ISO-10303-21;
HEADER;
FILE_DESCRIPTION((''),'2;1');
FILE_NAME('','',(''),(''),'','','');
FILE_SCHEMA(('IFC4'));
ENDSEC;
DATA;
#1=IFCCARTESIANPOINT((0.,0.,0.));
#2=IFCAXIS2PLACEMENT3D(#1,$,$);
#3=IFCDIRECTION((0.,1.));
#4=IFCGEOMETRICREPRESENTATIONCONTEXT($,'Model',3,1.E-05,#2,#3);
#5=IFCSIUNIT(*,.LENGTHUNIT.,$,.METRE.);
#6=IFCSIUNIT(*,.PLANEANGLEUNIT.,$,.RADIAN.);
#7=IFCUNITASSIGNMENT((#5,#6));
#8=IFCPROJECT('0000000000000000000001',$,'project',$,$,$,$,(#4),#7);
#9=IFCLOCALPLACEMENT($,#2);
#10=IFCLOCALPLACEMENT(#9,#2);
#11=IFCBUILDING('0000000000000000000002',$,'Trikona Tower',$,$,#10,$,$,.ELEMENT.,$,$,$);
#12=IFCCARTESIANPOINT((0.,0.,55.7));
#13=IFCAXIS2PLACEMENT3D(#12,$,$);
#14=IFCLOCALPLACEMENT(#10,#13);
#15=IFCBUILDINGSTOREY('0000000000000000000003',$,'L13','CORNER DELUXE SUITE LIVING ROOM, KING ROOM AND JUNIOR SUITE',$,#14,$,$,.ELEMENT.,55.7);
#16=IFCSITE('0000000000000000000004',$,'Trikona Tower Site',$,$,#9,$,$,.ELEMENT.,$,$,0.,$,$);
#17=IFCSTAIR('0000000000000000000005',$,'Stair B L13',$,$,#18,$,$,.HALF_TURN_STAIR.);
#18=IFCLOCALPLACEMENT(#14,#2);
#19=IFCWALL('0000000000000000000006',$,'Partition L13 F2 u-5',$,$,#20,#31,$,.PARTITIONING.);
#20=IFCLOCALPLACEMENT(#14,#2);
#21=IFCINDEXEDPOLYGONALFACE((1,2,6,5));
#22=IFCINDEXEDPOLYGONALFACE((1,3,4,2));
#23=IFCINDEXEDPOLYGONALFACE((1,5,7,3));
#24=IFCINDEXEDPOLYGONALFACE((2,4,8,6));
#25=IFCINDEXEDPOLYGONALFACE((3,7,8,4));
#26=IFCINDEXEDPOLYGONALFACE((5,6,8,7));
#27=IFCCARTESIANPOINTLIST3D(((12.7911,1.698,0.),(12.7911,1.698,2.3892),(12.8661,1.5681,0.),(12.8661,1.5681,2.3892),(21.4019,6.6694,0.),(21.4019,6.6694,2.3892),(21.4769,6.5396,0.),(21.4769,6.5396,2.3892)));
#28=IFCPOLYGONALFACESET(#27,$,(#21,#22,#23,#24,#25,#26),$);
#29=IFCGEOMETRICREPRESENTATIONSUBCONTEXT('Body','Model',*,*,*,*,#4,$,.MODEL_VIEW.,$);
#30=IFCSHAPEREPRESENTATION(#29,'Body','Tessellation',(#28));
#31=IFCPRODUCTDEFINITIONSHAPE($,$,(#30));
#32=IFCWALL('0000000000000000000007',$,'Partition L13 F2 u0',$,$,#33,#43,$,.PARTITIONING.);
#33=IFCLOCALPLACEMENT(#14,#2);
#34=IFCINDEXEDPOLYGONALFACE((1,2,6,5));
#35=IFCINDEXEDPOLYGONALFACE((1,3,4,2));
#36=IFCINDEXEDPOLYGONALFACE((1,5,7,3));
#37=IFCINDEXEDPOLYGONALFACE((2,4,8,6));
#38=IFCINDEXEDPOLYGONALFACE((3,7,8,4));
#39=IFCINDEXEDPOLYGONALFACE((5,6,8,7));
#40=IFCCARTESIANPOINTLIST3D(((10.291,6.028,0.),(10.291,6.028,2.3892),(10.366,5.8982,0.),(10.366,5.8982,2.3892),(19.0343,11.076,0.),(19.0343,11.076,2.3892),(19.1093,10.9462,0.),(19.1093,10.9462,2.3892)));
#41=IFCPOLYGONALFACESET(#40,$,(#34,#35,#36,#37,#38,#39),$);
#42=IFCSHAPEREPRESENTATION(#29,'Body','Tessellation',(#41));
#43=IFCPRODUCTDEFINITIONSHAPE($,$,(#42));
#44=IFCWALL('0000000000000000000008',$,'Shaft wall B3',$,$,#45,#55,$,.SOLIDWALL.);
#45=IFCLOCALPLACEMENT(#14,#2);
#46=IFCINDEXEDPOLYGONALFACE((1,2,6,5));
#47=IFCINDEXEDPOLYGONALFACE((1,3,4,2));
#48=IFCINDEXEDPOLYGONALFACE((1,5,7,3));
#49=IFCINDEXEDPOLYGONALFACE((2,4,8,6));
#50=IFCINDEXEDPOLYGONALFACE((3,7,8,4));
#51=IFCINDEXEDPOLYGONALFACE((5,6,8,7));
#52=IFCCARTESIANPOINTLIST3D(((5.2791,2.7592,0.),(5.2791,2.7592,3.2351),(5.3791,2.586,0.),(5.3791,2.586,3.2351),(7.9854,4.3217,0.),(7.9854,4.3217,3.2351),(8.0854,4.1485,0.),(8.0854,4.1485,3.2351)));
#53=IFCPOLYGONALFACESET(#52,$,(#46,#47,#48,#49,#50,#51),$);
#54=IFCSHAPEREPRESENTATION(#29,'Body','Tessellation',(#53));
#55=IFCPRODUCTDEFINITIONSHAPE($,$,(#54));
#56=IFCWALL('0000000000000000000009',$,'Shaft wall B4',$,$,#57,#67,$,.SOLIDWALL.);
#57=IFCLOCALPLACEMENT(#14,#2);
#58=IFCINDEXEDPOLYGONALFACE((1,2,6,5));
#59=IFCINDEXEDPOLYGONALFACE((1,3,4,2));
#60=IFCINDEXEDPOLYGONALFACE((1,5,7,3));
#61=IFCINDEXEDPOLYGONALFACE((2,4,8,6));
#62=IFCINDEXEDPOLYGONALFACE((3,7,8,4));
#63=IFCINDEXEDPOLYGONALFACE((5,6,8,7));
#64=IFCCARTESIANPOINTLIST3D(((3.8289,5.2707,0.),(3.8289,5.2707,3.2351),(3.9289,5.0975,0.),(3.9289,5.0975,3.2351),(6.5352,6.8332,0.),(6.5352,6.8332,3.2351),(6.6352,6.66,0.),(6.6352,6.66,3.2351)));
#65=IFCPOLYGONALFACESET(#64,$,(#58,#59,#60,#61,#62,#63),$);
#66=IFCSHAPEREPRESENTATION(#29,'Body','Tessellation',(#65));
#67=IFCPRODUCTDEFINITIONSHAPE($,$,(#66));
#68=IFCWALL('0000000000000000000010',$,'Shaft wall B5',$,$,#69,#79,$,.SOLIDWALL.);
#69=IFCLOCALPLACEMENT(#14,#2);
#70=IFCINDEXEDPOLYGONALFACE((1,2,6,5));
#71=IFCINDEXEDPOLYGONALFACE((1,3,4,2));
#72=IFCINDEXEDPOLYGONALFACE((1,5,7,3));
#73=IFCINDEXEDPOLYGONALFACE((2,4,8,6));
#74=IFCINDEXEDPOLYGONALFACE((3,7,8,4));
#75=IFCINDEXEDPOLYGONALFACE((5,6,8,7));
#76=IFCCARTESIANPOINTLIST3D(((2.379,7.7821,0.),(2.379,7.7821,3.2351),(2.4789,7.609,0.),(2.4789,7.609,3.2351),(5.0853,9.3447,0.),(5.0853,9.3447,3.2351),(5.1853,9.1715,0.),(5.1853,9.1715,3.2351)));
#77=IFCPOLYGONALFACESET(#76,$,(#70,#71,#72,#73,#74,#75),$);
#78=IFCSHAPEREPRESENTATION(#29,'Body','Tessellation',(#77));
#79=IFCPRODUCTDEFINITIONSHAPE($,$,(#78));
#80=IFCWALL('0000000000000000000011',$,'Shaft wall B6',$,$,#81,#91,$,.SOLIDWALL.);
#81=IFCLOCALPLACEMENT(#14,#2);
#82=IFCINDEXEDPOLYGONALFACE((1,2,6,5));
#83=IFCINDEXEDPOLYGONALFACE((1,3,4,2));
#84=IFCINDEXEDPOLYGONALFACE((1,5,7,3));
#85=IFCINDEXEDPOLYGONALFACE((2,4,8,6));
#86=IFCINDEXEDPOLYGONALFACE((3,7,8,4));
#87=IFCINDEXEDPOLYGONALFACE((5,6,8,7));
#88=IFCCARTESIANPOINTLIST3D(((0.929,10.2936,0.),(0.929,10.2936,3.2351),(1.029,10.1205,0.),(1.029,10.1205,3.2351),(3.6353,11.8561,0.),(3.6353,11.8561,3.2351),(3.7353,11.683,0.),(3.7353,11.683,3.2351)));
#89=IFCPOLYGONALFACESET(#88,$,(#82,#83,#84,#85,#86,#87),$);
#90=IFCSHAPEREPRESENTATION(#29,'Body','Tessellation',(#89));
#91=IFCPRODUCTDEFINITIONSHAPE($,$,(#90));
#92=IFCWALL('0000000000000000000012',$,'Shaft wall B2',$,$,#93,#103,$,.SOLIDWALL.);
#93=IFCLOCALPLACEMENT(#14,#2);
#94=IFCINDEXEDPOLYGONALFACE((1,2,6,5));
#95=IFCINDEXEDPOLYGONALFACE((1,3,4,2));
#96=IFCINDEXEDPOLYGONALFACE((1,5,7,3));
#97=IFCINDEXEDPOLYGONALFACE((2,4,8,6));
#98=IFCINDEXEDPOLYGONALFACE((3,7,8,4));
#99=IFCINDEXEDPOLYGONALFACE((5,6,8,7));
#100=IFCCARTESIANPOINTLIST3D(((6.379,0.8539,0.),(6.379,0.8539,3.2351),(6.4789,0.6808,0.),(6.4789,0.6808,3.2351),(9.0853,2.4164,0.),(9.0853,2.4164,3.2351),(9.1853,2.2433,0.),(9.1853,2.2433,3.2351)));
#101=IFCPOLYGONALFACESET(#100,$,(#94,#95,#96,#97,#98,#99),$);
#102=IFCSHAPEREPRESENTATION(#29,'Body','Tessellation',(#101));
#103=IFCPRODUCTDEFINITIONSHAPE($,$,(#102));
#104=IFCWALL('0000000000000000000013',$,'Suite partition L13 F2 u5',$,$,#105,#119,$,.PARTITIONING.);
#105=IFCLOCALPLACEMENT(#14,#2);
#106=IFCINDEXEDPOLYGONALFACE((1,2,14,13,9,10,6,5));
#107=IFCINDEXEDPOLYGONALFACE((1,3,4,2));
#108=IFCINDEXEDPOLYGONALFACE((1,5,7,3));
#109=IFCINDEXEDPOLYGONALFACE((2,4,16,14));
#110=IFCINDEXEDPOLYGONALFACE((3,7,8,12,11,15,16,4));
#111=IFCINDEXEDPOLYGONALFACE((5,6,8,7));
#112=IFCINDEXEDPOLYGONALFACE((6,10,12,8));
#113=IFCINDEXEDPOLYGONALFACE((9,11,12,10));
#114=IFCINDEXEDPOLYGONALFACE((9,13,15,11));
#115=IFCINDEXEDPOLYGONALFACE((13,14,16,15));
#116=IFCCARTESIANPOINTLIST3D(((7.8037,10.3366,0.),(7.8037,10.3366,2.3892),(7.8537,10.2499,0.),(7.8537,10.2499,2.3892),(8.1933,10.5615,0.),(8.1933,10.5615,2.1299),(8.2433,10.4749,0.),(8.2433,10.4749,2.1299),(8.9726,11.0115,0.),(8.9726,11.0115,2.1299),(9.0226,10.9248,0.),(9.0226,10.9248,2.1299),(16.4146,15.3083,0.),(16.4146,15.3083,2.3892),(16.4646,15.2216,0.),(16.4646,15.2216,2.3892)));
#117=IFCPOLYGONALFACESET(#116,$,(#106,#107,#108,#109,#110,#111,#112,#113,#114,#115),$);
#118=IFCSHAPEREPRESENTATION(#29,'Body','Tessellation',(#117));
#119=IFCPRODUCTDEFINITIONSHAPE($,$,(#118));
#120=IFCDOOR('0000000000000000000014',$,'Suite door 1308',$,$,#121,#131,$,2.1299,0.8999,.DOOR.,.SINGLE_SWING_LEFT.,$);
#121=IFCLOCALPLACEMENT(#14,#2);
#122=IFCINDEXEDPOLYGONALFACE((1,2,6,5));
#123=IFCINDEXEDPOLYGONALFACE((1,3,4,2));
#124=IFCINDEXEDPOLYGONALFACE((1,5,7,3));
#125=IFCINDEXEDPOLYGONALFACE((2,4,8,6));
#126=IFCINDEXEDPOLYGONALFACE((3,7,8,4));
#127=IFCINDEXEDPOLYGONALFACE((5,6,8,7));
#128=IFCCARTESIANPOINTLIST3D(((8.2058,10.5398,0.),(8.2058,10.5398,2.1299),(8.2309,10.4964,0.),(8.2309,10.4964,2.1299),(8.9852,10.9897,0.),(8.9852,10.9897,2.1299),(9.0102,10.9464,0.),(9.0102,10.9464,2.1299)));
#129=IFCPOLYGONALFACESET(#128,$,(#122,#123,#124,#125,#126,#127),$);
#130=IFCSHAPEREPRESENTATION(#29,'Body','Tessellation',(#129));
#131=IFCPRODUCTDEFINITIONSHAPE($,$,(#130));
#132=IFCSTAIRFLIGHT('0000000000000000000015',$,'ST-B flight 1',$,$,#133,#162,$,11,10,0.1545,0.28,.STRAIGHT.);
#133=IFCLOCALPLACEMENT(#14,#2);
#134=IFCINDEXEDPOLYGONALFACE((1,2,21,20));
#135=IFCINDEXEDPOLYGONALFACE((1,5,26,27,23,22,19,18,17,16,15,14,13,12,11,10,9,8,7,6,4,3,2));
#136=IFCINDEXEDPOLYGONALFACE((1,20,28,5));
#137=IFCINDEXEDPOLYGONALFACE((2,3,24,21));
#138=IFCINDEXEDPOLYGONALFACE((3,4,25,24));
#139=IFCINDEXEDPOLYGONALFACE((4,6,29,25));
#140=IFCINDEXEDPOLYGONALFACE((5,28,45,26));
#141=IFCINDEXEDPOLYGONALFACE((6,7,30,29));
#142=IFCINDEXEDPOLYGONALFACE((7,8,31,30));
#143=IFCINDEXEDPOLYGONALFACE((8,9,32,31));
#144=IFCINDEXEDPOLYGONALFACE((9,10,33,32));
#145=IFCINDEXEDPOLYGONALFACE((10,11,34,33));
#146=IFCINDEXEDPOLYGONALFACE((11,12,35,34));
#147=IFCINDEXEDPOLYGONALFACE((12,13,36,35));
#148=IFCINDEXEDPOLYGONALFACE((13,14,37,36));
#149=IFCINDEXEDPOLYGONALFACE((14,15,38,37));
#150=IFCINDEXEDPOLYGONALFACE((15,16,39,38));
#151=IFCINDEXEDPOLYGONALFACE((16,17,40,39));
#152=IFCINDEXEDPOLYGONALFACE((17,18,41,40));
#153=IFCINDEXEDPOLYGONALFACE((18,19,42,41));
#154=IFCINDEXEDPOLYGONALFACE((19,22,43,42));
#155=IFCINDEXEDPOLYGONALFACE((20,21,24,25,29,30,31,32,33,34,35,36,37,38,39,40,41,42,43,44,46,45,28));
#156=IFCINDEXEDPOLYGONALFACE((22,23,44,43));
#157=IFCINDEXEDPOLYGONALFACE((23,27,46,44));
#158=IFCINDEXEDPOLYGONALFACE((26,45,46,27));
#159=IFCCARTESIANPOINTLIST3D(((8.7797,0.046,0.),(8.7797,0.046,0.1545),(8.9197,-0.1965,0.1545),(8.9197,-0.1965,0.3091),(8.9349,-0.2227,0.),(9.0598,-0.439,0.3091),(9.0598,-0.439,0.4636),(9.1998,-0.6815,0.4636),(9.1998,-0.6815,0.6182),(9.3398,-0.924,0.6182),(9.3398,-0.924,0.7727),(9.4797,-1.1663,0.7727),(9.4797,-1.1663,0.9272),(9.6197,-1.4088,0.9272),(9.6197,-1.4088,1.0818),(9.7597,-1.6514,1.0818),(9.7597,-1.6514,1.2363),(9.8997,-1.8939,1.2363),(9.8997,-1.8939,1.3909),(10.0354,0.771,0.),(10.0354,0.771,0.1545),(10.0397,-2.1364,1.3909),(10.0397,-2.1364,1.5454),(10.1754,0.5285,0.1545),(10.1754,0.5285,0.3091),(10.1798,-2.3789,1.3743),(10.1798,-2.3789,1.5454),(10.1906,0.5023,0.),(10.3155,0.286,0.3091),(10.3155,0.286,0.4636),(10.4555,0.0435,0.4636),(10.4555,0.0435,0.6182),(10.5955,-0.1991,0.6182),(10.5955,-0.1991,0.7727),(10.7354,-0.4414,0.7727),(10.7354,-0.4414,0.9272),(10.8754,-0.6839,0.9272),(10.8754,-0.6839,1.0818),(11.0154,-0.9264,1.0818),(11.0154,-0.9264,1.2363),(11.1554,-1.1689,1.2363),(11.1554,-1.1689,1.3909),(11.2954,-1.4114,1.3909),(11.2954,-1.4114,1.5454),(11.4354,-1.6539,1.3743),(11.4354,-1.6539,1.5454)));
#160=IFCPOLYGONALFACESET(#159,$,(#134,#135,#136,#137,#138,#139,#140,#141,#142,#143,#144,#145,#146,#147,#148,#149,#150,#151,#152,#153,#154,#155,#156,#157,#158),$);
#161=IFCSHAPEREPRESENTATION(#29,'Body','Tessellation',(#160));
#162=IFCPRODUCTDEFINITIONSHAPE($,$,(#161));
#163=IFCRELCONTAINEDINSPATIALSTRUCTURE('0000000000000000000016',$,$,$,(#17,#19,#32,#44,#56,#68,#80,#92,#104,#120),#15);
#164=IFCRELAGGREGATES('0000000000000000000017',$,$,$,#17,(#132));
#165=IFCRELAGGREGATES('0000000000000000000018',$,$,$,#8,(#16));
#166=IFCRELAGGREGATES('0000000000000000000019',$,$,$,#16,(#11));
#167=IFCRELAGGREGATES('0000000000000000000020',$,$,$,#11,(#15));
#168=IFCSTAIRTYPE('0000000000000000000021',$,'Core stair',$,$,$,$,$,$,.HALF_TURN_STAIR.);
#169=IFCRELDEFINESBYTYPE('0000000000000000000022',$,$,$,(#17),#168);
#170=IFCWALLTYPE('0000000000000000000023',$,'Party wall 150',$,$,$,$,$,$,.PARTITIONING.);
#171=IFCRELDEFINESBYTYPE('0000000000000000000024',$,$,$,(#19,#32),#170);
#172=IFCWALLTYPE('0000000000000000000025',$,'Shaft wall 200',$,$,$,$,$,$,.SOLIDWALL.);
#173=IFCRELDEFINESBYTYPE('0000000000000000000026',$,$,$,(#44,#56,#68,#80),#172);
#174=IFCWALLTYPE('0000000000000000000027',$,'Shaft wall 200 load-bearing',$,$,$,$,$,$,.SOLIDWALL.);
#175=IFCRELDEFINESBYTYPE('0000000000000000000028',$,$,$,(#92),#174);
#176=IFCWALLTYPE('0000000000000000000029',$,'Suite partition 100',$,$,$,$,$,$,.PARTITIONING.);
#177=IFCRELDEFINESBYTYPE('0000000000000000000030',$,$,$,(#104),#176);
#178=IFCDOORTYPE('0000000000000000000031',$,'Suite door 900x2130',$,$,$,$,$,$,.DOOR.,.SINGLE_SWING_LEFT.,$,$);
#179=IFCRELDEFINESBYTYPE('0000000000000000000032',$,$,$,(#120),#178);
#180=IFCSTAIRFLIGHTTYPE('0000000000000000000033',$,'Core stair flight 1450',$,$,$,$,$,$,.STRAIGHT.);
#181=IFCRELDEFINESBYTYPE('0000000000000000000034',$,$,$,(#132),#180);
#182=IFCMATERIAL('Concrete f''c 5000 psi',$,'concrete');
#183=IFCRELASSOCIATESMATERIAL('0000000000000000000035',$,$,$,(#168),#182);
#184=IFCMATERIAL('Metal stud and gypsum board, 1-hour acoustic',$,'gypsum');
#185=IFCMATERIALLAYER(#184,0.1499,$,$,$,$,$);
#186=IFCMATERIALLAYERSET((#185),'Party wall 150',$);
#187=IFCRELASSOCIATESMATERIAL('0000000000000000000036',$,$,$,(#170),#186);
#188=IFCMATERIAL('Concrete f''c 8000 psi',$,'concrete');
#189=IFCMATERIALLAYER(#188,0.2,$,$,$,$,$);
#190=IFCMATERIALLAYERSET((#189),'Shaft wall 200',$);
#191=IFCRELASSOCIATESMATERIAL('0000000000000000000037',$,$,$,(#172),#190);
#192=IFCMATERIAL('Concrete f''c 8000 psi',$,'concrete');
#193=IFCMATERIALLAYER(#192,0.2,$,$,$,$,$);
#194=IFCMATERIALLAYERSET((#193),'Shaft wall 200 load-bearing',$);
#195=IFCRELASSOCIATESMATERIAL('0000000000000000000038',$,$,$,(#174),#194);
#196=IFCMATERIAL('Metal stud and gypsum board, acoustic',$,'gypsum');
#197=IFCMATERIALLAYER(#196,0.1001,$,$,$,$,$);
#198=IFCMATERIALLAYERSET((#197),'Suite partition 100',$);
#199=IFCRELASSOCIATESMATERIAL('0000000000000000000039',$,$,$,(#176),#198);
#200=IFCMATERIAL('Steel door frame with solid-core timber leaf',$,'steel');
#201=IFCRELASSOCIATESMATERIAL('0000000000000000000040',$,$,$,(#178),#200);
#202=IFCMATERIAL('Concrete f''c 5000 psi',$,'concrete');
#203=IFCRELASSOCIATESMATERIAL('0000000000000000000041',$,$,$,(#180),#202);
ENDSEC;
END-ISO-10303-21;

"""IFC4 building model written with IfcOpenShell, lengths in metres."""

from ifc_helpers import new_model, si_unit, direction, frame, frame_2d, origin, place, context, subcontext, project, spatial, polyline, rectangle, outline, extrude, material, layer, layer_set, type_object, element, fill, aggregate, save


model = new_model("IFC4")

# Units and contexts
model_context = context("Model", 3, precision=1e-05, world=origin(), true_north=direction((0.0, 1.0)))
body_context = subcontext(model_context, "Body", "Model", "MODEL_VIEW")
ifc_project = project(units=[si_unit("LENGTHUNIT", "METRE"), si_unit("PLANEANGLEUNIT", "RADIAN")], contexts=[model_context])

# Site, building, storey
site_placement = place(None, origin())
site = spatial("IfcSite", under=ifc_project, at=site_placement, Name="Trikona Tower Site", CompositionType="ELEMENT", RefElevation=0.0)
building_placement = place(site_placement, origin())
building = spatial("IfcBuilding", under=site, at=building_placement, Name="Trikona Tower", CompositionType="ELEMENT")
storey_placement = place(building_placement, frame((0.0, 0.0, 55.7)))
storey = spatial("IfcBuildingStorey", under=building, at=storey_placement, Name="L13", Description="CORNER DELUXE SUITE LIVING ROOM, KING ROOM AND JUNIOR SUITE", CompositionType="ELEMENT", Elevation=55.7)

# Stair
ifc_material_1 = material(Name="Concrete f'c 5000 psi", Category="concrete")
stair_type = type_object("IfcStairType", Name="Core stair", PredefinedType="HALF_TURN_STAIR", material=ifc_material_1)
stair_1_placement = place(storey_placement, origin())
stair_1 = element("IfcStair", 1, at=stair_1_placement, inside=storey, type_object=stair_type, Name="Stair B L13", PredefinedType="HALF_TURN_STAIR")

# Walls
ifc_material_2 = material(Name="Metal stud and gypsum board, 1-hour acoustic", Category="gypsum")
ifc_layer_1 = layer(ifc_material_2, 0.1499)
ifc_layer_set_1 = layer_set([ifc_layer_1], Name="Party wall 150")
wall_type_1 = type_object("IfcWallType", Name="Party wall 150", PredefinedType="PARTITIONING", material=ifc_layer_set_1)
wall_1_placement = place(storey_placement, frame((12.8286, 1.6331, 0.0), z_axis=(0.0, 0.0, 1.0), x_axis=(0.866027, 0.499997, 0.0)))
element("IfcWall", 2, at=wall_1_placement, inside=storey, type_object=wall_type_1, Name="Partition L13 F2 u-5", PredefinedType="PARTITIONING", context=body_context, shape_type="SweptSolid", body=[
    extrude(rectangle(XDim=9.9429, YDim=0.1499, at=frame_2d((4.9714, 0.0))), origin(), (0.0, 0.0, 1.0), 2.3892),
])
wall_2_placement = place(storey_placement, frame((10.3286, 5.9631, 0.0), z_axis=(0.0, 0.0, 1.0), x_axis=(0.866022, 0.500006, 0.0)))
element("IfcWall", 3, at=wall_2_placement, inside=storey, type_object=wall_type_1, Name="Partition L13 F2 u0", PredefinedType="PARTITIONING", context=body_context, shape_type="SweptSolid", body=[
    extrude(rectangle(XDim=10.0959, YDim=0.1499, at=frame_2d((5.0479, 0.0))), origin(), (0.0, 0.0, 1.0), 2.3892),
])
ifc_material_3 = material(Name="Concrete f'c 8000 psi", Category="concrete")
ifc_layer_2 = layer(ifc_material_3, 0.2)
ifc_layer_set_2 = layer_set([ifc_layer_2], Name="Shaft wall 200")
wall_type_2 = type_object("IfcWallType", Name="Shaft wall 200", PredefinedType="SOLIDWALL", material=ifc_layer_set_2)
for number, where, z_axis, x_axis, name in (
    (4, (5.3291, 2.6726, 0.0), (0.0, 0.0, 1.0), (0.866023, 0.500004, 0.0), "Shaft wall B3"),
    (5, (3.8789, 5.1841, 0.0), (0.0, 0.0, 1.0), (0.866023, 0.500004, 0.0), "Shaft wall B4"),
    (6, (2.429, 7.6956, 0.0), (0.0, 0.0, 1.0), (0.866023, 0.500004, 0.0), "Shaft wall B5"),
    (7, (0.979, 10.207, 0.0), (0.0, 0.0, 1.0), (0.866023, 0.500004, 0.0), "Shaft wall B6"),
):
    element("IfcWall", number, at=place(storey_placement, frame(where, z_axis=z_axis, x_axis=x_axis)), inside=storey, type_object=wall_type_2, Name=name, PredefinedType="SOLIDWALL", context=body_context, shape_type="SweptSolid", body=[
        extrude(rectangle(XDim=3.125, YDim=0.2, at=frame_2d((1.5625, 0.0))), origin(), (0.0, 0.0, 1.0), 3.2351),
    ])
ifc_material_4 = material(Name="Concrete f'c 8000 psi", Category="concrete")
ifc_layer_3 = layer(ifc_material_4, 0.2)
ifc_layer_set_3 = layer_set([ifc_layer_3], Name="Shaft wall 200 load-bearing")
wall_type_3 = type_object("IfcWallType", Name="Shaft wall 200 load-bearing", PredefinedType="SOLIDWALL", material=ifc_layer_set_3)
wall_3_placement = place(storey_placement, frame((6.429, 0.7673, 0.0), z_axis=(0.0, 0.0, 1.0), x_axis=(0.866023, 0.500004, 0.0)))
element("IfcWall", 8, at=wall_3_placement, inside=storey, type_object=wall_type_3, Name="Shaft wall B2", PredefinedType="SOLIDWALL", context=body_context, shape_type="SweptSolid", body=[
    extrude(rectangle(XDim=3.125, YDim=0.2, at=frame_2d((1.5625, 0.0))), origin(), (0.0, 0.0, 1.0), 3.2351),
])

# Wall, opening, door
ifc_material_5 = material(Name="Metal stud and gypsum board, acoustic", Category="gypsum")
ifc_layer_4 = layer(ifc_material_5, 0.1001)
ifc_layer_set_4 = layer_set([ifc_layer_4], Name="Suite partition 100")
wall_type_4 = type_object("IfcWallType", Name="Suite partition 100", PredefinedType="PARTITIONING", material=ifc_layer_set_4)
wall_4_placement = place(storey_placement, frame((7.8286, 10.2932, 0.0), z_axis=(0.0, 0.0, 1.0), x_axis=(0.866016, 0.500016, 0.0)))
wall_4 = element("IfcWall", 9, at=wall_4_placement, inside=storey, type_object=wall_type_4, Name="Suite partition L13 F2 u5", PredefinedType="PARTITIONING", context=body_context, shape_type="SweptSolid", body=[
    extrude(rectangle(XDim=9.9431, YDim=0.1001, at=frame_2d((4.9717, 0.0))), origin(), (0.0, 0.0, 1.0), 2.3892),
])
opening_1_placement = place(wall_4_placement, frame((0.45, 0.0, 0.0)))
opening_1 = element("IfcOpeningElement", 10, at=opening_1_placement, cuts=wall_4, PredefinedType="OPENING", context=body_context, shape_type="SweptSolid", body=[
    extrude(rectangle(XDim=0.8999, YDim=2.1299, at=frame_2d((0.45, 1.0649))), frame((0.0, 0.0601, 0.0), z_axis=(0.0, -1.0, 0.0), x_axis=(1.0, 0.0, 0.0)), (0.0, 0.0, 1.0), 0.1201),
])
ifc_material_6 = material(Name="Steel door frame with solid-core timber leaf", Category="steel")
door_type_1 = type_object("IfcDoorType", Name="Suite door 900x2130", OperationType="SINGLE_SWING_LEFT", PredefinedType="DOOR", material=ifc_material_6)
door_1_placement = place(opening_1_placement, origin())
door_1 = element("IfcDoor", 11, at=door_1_placement, inside=storey, type_object=door_type_1, Name="Suite door 1308", OperationType="SINGLE_SWING_LEFT", OverallHeight=2.1299, OverallWidth=0.8999, PredefinedType="DOOR", context=body_context, shape_type="SweptSolid", body=[
    extrude(rectangle(XDim=0.8999, YDim=2.1299, at=frame_2d((0.45, 1.0649))), frame((0.0, 0.0249, 0.0), z_axis=(0.0, -1.0, 0.0), x_axis=(1.0, 0.0, 0.0)), (0.0, 0.0, 1.0), 0.05),
])
fill(opening_1, door_1)

# Stair flight
ifc_material_7 = material(Name="Concrete f'c 5000 psi", Category="concrete")
stair_flight_type = type_object("IfcStairFlightType", Name="Core stair flight 1450", PredefinedType="STRAIGHT", material=ifc_material_7)
stair_flight_placement = place(storey_placement, frame((9.4075, 0.4084, 0.0), z_axis=(0.0, 0.0, 1.0), x_axis=(0.5, -0.866025, 0.0)))
stair_flight = element("IfcStairFlight", 12, at=stair_flight_placement, type_object=stair_flight_type, Name="ST-B flight 1", NumberOfRisers=11, NumberOfTreads=10, PredefinedType="STRAIGHT", RiserHeight=0.1545, TreadLength=0.28, context=body_context, shape_type="SweptSolid", body=[
    extrude(outline(polyline([(0.0, 0.0), (0.0, 0.1545), (0.28, 0.1545), (0.28, 0.3091), (0.5601, 0.3091), (0.5601, 0.4636), (0.8401, 0.4636), (0.8401, 0.6182), (1.1201, 0.6182), (1.1201, 0.7727), (1.3999, 0.7727), (1.3999, 0.9272), (1.6799, 0.9272), (1.6799, 1.0818), (1.96, 1.0818), (1.96, 1.2363), (2.24, 1.2363), (2.24, 1.3909), (2.52, 1.3909), (2.52, 1.5454), (2.8, 1.5454), (2.8, 1.7), (2.8, 1.3743), (0.3103, 0.0), (0.0, 0.0)])), frame((0.0, 0.7251, 0.0), z_axis=(0.0, -1.0, 0.0), x_axis=(1.0, 0.0, 0.0)), (0.0, 0.0, 1.0), 1.45),
])
aggregate(stair_1, [stair_flight])

save(model, "model.ifc")
